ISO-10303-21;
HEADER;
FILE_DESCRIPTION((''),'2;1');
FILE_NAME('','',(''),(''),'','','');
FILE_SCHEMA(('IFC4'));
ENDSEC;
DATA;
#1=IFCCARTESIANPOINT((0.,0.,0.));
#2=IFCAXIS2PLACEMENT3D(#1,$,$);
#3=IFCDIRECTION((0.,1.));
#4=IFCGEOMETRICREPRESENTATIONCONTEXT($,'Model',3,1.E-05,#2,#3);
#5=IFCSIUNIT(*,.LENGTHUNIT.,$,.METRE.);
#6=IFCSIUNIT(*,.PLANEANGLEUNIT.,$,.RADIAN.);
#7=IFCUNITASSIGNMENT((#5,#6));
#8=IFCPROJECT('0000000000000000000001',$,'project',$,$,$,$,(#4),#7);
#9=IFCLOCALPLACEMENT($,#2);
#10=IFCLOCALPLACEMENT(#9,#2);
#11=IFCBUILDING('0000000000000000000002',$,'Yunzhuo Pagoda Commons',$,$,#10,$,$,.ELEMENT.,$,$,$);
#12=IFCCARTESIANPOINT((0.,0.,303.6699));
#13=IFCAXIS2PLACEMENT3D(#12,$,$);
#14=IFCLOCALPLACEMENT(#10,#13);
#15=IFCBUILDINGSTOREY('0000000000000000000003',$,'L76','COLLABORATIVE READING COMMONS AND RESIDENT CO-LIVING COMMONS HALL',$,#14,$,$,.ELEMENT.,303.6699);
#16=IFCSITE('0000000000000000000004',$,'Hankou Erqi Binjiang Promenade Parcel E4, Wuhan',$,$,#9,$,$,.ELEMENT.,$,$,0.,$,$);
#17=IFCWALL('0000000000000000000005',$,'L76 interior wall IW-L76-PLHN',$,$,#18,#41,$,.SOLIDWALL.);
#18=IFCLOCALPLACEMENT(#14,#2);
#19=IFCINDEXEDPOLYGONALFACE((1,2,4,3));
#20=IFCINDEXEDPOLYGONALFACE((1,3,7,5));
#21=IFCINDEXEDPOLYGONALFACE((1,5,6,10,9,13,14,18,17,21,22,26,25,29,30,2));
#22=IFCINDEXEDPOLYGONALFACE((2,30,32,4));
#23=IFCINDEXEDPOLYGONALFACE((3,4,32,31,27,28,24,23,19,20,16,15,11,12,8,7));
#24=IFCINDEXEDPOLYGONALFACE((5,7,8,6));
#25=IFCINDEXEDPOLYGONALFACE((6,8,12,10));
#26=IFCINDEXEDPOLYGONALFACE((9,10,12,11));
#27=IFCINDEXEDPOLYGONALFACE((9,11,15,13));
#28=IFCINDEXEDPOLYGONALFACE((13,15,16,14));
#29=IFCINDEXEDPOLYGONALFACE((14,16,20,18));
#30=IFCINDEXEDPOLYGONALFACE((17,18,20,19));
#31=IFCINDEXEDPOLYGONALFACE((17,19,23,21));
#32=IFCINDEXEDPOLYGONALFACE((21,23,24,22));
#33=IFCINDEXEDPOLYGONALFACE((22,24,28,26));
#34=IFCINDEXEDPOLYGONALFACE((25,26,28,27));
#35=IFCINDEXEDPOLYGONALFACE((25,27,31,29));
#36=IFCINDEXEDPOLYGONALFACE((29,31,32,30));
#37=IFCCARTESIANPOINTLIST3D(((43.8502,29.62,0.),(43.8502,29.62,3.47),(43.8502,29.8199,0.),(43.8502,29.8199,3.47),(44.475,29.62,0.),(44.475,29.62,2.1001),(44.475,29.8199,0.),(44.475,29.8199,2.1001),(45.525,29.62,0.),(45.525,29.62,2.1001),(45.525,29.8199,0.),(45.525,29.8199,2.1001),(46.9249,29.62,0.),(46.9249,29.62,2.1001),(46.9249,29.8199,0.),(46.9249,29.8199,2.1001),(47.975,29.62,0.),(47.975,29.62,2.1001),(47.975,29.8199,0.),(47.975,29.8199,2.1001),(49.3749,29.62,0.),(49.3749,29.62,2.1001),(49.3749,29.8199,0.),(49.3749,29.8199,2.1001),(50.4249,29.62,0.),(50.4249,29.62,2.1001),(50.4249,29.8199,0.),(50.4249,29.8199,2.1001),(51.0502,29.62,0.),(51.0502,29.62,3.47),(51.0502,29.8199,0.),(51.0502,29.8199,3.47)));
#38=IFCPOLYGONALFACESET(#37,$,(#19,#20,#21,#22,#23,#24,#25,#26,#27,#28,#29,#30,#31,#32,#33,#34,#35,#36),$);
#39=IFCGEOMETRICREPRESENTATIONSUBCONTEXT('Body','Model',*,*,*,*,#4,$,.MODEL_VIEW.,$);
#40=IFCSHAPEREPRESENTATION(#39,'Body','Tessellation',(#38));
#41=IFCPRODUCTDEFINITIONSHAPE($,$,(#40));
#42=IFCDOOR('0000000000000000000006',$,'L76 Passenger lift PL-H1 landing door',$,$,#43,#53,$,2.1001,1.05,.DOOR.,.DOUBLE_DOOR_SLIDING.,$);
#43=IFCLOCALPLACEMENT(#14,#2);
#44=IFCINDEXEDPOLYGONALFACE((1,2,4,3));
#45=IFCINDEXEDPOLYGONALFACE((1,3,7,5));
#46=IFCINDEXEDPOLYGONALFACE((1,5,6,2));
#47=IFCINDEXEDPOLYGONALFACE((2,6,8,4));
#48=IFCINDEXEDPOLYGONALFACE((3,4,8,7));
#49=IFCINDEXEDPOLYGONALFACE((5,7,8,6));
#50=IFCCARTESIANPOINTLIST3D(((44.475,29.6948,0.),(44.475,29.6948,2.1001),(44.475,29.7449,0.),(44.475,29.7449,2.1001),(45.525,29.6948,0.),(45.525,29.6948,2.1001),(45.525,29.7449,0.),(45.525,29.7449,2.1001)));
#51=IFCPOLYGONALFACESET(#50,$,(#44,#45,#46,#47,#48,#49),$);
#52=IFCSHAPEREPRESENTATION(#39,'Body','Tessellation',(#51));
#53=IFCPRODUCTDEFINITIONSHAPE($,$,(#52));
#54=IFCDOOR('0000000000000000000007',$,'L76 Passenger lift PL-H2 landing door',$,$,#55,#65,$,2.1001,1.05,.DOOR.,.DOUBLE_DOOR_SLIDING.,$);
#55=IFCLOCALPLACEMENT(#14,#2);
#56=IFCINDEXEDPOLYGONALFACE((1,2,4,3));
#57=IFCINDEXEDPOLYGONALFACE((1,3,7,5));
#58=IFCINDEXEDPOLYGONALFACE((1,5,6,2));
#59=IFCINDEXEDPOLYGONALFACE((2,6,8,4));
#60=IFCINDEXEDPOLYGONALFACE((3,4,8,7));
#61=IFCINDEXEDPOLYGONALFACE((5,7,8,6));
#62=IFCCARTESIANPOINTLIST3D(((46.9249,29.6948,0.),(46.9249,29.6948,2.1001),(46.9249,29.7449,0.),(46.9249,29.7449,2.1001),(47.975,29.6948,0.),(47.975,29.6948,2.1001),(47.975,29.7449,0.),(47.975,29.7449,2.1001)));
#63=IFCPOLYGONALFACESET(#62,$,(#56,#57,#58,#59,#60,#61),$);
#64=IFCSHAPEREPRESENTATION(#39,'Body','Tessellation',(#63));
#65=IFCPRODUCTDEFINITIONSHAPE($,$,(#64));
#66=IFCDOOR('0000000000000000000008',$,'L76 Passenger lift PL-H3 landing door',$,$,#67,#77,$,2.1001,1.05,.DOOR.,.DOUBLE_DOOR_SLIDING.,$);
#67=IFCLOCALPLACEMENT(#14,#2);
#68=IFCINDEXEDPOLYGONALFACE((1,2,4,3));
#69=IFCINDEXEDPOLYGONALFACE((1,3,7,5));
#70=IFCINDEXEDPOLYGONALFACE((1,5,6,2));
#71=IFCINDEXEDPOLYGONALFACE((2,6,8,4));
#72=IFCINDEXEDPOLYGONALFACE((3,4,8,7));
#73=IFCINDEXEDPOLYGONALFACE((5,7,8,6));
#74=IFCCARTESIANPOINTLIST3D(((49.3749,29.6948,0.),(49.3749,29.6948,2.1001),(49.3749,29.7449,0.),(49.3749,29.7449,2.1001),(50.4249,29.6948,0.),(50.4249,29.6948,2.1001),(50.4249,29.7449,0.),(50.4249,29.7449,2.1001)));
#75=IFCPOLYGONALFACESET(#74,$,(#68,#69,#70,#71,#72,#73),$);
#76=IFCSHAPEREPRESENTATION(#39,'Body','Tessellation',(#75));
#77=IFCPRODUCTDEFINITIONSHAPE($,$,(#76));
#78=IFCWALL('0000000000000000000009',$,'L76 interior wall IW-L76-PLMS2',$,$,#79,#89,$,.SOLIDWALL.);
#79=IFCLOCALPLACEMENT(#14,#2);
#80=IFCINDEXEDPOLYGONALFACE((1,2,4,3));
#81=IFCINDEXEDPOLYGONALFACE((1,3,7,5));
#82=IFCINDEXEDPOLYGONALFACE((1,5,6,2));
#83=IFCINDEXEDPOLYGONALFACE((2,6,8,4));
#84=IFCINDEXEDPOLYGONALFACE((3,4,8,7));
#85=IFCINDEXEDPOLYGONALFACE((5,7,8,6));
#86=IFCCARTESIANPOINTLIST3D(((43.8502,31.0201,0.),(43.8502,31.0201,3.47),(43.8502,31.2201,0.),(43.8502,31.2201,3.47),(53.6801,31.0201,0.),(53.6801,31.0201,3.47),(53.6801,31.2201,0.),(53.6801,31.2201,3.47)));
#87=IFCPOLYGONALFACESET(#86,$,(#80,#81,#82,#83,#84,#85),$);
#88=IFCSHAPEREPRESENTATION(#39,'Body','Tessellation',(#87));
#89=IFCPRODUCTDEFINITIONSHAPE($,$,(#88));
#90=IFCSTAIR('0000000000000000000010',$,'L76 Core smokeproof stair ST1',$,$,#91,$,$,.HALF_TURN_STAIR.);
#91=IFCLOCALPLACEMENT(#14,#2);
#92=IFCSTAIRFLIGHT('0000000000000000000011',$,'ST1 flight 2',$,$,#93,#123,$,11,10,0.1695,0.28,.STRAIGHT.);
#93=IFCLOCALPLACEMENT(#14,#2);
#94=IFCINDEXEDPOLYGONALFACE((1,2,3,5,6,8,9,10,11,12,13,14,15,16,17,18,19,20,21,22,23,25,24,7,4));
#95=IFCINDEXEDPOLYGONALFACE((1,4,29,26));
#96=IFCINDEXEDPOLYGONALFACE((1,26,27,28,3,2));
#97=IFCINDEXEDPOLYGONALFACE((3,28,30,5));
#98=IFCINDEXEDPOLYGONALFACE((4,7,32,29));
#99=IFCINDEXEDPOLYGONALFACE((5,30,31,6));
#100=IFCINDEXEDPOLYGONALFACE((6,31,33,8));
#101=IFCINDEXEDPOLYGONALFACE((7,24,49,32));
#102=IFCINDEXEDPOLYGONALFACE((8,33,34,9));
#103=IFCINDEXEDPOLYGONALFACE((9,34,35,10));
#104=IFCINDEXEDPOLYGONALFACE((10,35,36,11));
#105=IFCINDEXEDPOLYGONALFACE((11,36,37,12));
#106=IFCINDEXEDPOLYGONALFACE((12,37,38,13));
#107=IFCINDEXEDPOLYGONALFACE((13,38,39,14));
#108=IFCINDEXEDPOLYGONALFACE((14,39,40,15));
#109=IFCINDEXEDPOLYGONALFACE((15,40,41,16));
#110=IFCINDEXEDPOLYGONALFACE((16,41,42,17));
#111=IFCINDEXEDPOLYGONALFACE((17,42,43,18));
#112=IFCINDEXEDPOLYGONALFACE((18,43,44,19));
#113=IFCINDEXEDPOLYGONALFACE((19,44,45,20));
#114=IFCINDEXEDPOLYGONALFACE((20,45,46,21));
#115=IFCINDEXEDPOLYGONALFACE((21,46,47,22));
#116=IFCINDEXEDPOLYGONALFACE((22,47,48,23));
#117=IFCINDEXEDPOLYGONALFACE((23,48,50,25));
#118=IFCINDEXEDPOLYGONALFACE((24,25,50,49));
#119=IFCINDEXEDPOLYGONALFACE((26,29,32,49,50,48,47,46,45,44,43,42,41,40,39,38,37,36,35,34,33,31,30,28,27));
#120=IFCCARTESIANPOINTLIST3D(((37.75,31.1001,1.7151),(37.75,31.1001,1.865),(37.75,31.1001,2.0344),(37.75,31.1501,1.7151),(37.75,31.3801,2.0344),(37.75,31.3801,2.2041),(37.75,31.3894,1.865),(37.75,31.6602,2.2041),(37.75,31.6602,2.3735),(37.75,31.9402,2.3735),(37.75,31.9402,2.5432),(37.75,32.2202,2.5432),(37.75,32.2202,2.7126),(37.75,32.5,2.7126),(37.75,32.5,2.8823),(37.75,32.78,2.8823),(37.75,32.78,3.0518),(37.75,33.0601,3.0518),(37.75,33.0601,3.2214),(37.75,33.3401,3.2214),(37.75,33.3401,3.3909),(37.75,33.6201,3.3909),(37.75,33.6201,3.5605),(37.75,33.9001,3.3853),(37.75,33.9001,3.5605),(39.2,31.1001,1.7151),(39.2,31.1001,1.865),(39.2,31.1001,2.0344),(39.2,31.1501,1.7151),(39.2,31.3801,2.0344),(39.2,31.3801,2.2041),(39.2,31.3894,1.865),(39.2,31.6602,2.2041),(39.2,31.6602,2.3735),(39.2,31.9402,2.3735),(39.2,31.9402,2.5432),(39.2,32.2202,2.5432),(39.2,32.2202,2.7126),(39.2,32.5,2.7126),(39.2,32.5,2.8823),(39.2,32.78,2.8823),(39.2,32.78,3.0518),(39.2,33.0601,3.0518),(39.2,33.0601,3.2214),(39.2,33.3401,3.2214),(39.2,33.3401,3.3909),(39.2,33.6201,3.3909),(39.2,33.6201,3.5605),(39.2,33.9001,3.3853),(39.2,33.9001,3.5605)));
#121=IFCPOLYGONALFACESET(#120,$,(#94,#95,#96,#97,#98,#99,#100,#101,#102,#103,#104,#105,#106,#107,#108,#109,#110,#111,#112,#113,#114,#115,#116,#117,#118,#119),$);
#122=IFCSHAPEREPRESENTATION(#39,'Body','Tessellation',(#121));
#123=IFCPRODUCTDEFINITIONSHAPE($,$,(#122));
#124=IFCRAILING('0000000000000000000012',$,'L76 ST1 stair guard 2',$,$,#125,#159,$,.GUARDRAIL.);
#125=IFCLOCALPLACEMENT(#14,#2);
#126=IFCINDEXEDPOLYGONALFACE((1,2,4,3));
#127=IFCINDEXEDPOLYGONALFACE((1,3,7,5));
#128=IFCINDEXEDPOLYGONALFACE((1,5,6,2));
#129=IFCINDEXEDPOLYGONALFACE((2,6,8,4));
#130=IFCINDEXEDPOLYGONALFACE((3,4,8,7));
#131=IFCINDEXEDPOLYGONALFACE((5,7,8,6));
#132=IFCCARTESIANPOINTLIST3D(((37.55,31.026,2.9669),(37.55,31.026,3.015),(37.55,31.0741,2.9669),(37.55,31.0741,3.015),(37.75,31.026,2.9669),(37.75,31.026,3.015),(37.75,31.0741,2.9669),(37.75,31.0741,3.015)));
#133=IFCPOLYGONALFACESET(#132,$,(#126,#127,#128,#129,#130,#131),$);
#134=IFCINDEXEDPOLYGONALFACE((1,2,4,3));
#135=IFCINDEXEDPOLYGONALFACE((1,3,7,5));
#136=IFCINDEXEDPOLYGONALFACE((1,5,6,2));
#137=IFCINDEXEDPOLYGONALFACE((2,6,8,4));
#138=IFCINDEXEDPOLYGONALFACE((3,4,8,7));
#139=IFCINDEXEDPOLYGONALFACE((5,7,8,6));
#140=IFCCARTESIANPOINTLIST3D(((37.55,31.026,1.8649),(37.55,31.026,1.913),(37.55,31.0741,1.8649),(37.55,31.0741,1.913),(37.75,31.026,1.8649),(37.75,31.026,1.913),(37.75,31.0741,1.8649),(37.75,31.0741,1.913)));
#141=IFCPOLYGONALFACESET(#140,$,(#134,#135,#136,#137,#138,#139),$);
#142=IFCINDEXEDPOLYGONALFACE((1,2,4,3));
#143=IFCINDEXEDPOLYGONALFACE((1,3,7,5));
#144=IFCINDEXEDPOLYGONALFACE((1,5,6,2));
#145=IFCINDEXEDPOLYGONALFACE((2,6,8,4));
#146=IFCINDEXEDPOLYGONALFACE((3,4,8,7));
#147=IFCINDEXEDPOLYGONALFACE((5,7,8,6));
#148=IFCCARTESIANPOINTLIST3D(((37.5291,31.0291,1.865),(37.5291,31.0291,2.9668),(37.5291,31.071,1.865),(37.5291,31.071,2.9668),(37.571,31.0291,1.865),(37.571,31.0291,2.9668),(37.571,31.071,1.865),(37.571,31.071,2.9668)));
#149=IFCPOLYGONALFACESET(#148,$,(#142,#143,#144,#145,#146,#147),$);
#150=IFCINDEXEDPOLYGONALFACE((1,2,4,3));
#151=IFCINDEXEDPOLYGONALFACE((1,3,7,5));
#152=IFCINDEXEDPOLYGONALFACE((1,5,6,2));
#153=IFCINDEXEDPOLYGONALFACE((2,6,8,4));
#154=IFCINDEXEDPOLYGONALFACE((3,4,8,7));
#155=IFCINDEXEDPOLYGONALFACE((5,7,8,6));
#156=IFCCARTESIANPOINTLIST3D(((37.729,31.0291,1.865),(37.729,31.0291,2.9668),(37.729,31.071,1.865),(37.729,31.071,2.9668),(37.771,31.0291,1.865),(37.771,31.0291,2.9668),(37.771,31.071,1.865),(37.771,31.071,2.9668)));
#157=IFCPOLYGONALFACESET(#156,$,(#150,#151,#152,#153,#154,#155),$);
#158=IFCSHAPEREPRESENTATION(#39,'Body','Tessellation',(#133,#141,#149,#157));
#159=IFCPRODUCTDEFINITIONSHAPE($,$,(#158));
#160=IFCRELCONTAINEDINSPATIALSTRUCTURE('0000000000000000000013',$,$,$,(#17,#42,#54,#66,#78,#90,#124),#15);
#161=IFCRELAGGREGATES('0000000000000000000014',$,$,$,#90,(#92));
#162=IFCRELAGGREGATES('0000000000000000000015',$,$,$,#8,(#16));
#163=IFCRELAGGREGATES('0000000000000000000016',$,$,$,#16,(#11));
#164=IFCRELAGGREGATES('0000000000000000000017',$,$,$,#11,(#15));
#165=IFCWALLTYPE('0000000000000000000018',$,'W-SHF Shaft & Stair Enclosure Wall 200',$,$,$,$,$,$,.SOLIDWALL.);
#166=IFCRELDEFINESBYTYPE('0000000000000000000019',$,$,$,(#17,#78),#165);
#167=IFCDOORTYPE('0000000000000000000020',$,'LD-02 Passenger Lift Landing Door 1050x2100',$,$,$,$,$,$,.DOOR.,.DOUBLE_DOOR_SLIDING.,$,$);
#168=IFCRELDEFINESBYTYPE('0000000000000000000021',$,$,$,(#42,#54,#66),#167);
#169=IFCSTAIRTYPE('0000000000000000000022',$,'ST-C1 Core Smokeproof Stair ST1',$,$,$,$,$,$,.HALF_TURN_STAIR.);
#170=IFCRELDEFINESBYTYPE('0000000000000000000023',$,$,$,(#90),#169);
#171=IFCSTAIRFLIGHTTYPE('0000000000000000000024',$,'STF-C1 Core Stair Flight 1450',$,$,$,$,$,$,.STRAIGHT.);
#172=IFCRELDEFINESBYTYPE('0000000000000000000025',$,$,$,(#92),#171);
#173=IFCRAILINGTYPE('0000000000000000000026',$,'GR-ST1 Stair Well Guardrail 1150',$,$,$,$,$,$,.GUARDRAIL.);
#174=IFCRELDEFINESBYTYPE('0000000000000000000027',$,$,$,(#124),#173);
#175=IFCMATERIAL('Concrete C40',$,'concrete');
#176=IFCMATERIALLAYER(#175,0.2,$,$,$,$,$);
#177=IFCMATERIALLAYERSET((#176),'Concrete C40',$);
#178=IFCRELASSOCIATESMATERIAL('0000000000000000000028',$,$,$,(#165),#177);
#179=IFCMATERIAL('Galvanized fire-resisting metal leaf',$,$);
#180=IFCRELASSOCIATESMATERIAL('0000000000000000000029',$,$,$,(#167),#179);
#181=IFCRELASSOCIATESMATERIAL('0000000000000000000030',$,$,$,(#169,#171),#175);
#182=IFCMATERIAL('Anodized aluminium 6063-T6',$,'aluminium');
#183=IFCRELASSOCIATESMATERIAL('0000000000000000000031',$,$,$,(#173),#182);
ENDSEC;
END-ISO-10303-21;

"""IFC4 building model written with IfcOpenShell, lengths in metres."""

from ifc_helpers import new_model, si_unit, direction, frame, frame_2d, origin, origin_with_axes, origin_2d, place, context, subcontext, project, spatial, polyline, rectangle, outline, extrude, source, transform, mapped, material, layer, layer_set, type_object, element, fill, aggregate, save


model = new_model("IFC4")

# Units and contexts
model_context = context("Model", 3, precision=1e-05, world=origin(), true_north=direction((0.0, 1.0)))
body_context = subcontext(model_context, "Body", "Model", "MODEL_VIEW")
ifc_project = project(units=[si_unit("LENGTHUNIT", "METRE"), si_unit("PLANEANGLEUNIT", "RADIAN")], contexts=[model_context])

# Site, building, storey
site_placement = place(None, origin())
site = spatial("IfcSite", under=ifc_project, at=site_placement, Name="Hankou Erqi Binjiang Promenade Parcel E4, Wuhan", CompositionType="ELEMENT", RefElevation=0.0)
building_placement = place(site_placement, origin())
building = spatial("IfcBuilding", under=site, at=building_placement, Name="Yunzhuo Pagoda Commons", CompositionType="ELEMENT")
storey_placement = place(building_placement, frame((0.0, 0.0, 303.6699)))
storey = spatial("IfcBuildingStorey", under=building, at=storey_placement, Name="L76", Description="COLLABORATIVE READING COMMONS AND RESIDENT CO-LIVING COMMONS HALL", CompositionType="ELEMENT", Elevation=303.6699)

# Shared definitions
ifc_material_1 = material(Name="Galvanized fire-resisting metal leaf")
ifc_material_2 = material(Name="Concrete C40", Category="concrete")
ifc_layer_1 = layer(ifc_material_2, 0.2)
ifc_layer_set_1 = layer_set([ifc_layer_1], Name="Concrete C40")
wall_type_1 = type_object("IfcWallType", Name="W-SHF Shaft & Stair Enclosure Wall 200", PredefinedType="SOLIDWALL", material=ifc_layer_set_1)
door_type_1 = type_object("IfcDoorType", Name="LD-02 Passenger Lift Landing Door 1050x2100", OperationType="DOUBLE_DOOR_SLIDING", PredefinedType="DOOR", material=ifc_material_1)
shared_shape_1 = source(origin(), body_context, "Body", "SweptSolid", [
    extrude(rectangle(XDim=1.05, YDim=2.1001, at=frame_2d((0.5249, 1.05))), frame((0.0, 0.0249, 0.0), z_axis=(0.0, -1.0, 0.0), x_axis=(1.0, 0.0, 0.0)), (0.0, 0.0, 1.0), 0.05),
])

# Wall, openings, doors
wall_1_placement = place(storey_placement, frame((43.8501, 29.72, 0.0), z_axis=(0.0, 0.0, 1.0), x_axis=(1.0, 0.0, 0.0)))
wall_1 = element("IfcWall", 1, at=wall_1_placement, inside=storey, type_object=wall_type_1, Name="L76 interior wall IW-L76-PLHN", PredefinedType="SOLIDWALL", context=body_context, shape_type="SweptSolid", body=[
    extrude(rectangle(XDim=7.2, YDim=0.2, at=frame_2d((3.6001, 0.0))), origin(), (0.0, 0.0, 1.0), 3.47),
])
opening_1_placement = place(wall_1_placement, frame((0.625, 0.0, 0.0)))
opening_1 = element("IfcOpeningElement", 2, at=opening_1_placement, cuts=wall_1, PredefinedType="OPENING", context=body_context, shape_type="SweptSolid", body=[
    extrude(rectangle(XDim=1.05, YDim=2.1001, at=frame_2d((0.5249, 1.05))), frame((0.0, 0.1099, 0.0), z_axis=(0.0, -1.0, 0.0), x_axis=(1.0, 0.0, 0.0)), (0.0, 0.0, 1.0), 0.22),
])
opening_2_placement = place(wall_1_placement, frame((3.075, 0.0, 0.0)))
opening_2 = element("IfcOpeningElement", 3, at=opening_2_placement, cuts=wall_1, PredefinedType="OPENING", context=body_context, shape_type="SweptSolid", body=[
    extrude(rectangle(XDim=1.05, YDim=2.1001, at=frame_2d((0.5249, 1.05))), frame((0.0, 0.1099, 0.0), z_axis=(0.0, -1.0, 0.0), x_axis=(1.0, 0.0, 0.0)), (0.0, 0.0, 1.0), 0.22),
])
opening_3_placement = place(wall_1_placement, frame((5.5249, 0.0, 0.0)))
opening_3 = element("IfcOpeningElement", 4, at=opening_3_placement, cuts=wall_1, PredefinedType="OPENING", context=body_context, shape_type="SweptSolid", body=[
    extrude(rectangle(XDim=1.05, YDim=2.1001, at=frame_2d((0.5249, 1.05))), frame((0.0, 0.1099, 0.0), z_axis=(0.0, -1.0, 0.0), x_axis=(1.0, 0.0, 0.0)), (0.0, 0.0, 1.0), 0.22),
])
door_1_placement = place(opening_1_placement, origin_with_axes())
door_1 = element("IfcDoor", 5, at=door_1_placement, inside=storey, type_object=door_type_1, Name="L76 Passenger lift PL-H1 landing door", OperationType="DOUBLE_DOOR_SLIDING", OverallHeight=2.1001, OverallWidth=1.05, PredefinedType="DOOR", context=body_context, shape_type="MappedRepresentation", body=[
    mapped(shared_shape_1, transform((0.0, 0.0, 0.0), scale=1.0)),
])
fill(opening_1, door_1)
door_2_placement = place(opening_2_placement, origin_with_axes())
door_2 = element("IfcDoor", 6, at=door_2_placement, inside=storey, type_object=door_type_1, Name="L76 Passenger lift PL-H2 landing door", OperationType="DOUBLE_DOOR_SLIDING", OverallHeight=2.1001, OverallWidth=1.05, PredefinedType="DOOR", context=body_context, shape_type="MappedRepresentation", body=[
    mapped(shared_shape_1, transform((0.0, 0.0, 0.0), scale=1.0)),
])
fill(opening_2, door_2)
door_3_placement = place(opening_3_placement, origin_with_axes())
door_3 = element("IfcDoor", 7, at=door_3_placement, inside=storey, type_object=door_type_1, Name="L76 Passenger lift PL-H3 landing door", OperationType="DOUBLE_DOOR_SLIDING", OverallHeight=2.1001, OverallWidth=1.05, PredefinedType="DOOR", context=body_context, shape_type="MappedRepresentation", body=[
    mapped(shared_shape_1, transform((0.0, 0.0, 0.0), scale=1.0)),
])
fill(opening_3, door_3)

# Wall
wall_2_placement = place(storey_placement, frame((43.8501, 31.1201, 0.0), z_axis=(0.0, 0.0, 1.0), x_axis=(1.0, 0.0, 0.0)))
element("IfcWall", 8, at=wall_2_placement, inside=storey, type_object=wall_type_1, Name="L76 interior wall IW-L76-PLMS2", PredefinedType="SOLIDWALL", context=body_context, shape_type="SweptSolid", body=[
    extrude(rectangle(XDim=9.8298, YDim=0.2, at=frame_2d((4.915, 0.0))), origin(), (0.0, 0.0, 1.0), 3.47),
])

# Stair, stair flight
stair_type = type_object("IfcStairType", Name="ST-C1 Core Smokeproof Stair ST1", PredefinedType="HALF_TURN_STAIR", material=ifc_material_2)
stair_placement = place(storey_placement, origin())
stair = element("IfcStair", 9, at=stair_placement, inside=storey, type_object=stair_type, Name="L76 Core smokeproof stair ST1", PredefinedType="HALF_TURN_STAIR")
stair_flight_type = type_object("IfcStairFlightType", Name="STF-C1 Core Stair Flight 1450", PredefinedType="STRAIGHT", material=ifc_material_2)
shared_shape_2 = source(origin(), body_context, "Body", "SweptSolid", [
    extrude(outline(polyline([(0.0, -0.1499), (0.0, 0.0), (0.0, 0.1694), (0.28, 0.1694), (0.28, 0.3391), (0.5601, 0.3391), (0.5601, 0.5085), (0.8401, 0.5085), (0.8401, 0.6782), (1.1201, 0.6782), (1.1201, 0.8477), (1.3999, 0.8477), (1.3999, 1.0173), (1.6799, 1.0173), (1.6799, 1.1868), (1.96, 1.1868), (1.96, 1.3564), (2.24, 1.3564), (2.24, 1.5259), (2.52, 1.5259), (2.52, 1.6956), (2.8, 1.6956), (2.8, 1.865), (2.8, 1.5203), (0.2893, 0.0), (0.05, -0.1499), (0.0, -0.1499)])), frame((0.0, 0.7251, 0.0), z_axis=(0.0, -1.0, 0.0), x_axis=(1.0, 0.0, 0.0)), (0.0, 0.0, 1.0), 1.45),
])
stair_flight_placement = place(storey_placement, frame((38.4751, 31.1001, 1.865), z_axis=(0.0, 0.0, 1.0), x_axis=(0.0, 1.0, 0.0)))
stair_flight = element("IfcStairFlight", 10, at=stair_flight_placement, type_object=stair_flight_type, Name="ST1 flight 2", NumberOfRisers=11, NumberOfTreads=10, PredefinedType="STRAIGHT", RiserHeight=0.1695, TreadLength=0.28, context=body_context, shape_type="MappedRepresentation", body=[
    mapped(shared_shape_2, transform((0.0, 0.0, 0.0), scale=1.0)),
])
aggregate(stair, [stair_flight])

# Railing
ifc_material_3 = material(Name="Anodized aluminium 6063-T6", Category="aluminium")
railing_type_1 = type_object("IfcRailingType", Name="GR-ST1 Stair Well Guardrail 1150", PredefinedType="GUARDRAIL", material=ifc_material_3)
railing_1_placement = place(storey_placement, frame((37.55, 31.05, 1.865)))
element("IfcRailing", 11, at=railing_1_placement, inside=storey, type_object=railing_type_1, Name="L76 ST1 stair guard 2", PredefinedType="GUARDRAIL", context=body_context, shape_type="SweptSolid", body=[
    extrude(rectangle(XDim=0.0481, YDim=0.0481, at=origin_2d()), frame((0.0, 0.0, 1.126), z_axis=(1.0, 0.0, 0.0), x_axis=(0.0, 1.0, 0.0)), (0.0, 0.0, 1.0), 0.2),
    extrude(rectangle(XDim=0.0481, YDim=0.0481, at=origin_2d()), frame((0.0, 0.0, 0.0239), z_axis=(1.0, 0.0, 0.0), x_axis=(0.0, 1.0, 0.0)), (0.0, 0.0, 1.0), 0.2),
    extrude(rectangle(XDim=0.042, YDim=0.042, at=origin_2d()), origin(), (0.0, 0.0, 1.0), 1.1018),
    extrude(rectangle(XDim=0.042, YDim=0.042, at=origin_2d()), frame((0.2, 0.0, 0.0)), (0.0, 0.0, 1.0), 1.1018),
])

save(model, "model.ifc")
